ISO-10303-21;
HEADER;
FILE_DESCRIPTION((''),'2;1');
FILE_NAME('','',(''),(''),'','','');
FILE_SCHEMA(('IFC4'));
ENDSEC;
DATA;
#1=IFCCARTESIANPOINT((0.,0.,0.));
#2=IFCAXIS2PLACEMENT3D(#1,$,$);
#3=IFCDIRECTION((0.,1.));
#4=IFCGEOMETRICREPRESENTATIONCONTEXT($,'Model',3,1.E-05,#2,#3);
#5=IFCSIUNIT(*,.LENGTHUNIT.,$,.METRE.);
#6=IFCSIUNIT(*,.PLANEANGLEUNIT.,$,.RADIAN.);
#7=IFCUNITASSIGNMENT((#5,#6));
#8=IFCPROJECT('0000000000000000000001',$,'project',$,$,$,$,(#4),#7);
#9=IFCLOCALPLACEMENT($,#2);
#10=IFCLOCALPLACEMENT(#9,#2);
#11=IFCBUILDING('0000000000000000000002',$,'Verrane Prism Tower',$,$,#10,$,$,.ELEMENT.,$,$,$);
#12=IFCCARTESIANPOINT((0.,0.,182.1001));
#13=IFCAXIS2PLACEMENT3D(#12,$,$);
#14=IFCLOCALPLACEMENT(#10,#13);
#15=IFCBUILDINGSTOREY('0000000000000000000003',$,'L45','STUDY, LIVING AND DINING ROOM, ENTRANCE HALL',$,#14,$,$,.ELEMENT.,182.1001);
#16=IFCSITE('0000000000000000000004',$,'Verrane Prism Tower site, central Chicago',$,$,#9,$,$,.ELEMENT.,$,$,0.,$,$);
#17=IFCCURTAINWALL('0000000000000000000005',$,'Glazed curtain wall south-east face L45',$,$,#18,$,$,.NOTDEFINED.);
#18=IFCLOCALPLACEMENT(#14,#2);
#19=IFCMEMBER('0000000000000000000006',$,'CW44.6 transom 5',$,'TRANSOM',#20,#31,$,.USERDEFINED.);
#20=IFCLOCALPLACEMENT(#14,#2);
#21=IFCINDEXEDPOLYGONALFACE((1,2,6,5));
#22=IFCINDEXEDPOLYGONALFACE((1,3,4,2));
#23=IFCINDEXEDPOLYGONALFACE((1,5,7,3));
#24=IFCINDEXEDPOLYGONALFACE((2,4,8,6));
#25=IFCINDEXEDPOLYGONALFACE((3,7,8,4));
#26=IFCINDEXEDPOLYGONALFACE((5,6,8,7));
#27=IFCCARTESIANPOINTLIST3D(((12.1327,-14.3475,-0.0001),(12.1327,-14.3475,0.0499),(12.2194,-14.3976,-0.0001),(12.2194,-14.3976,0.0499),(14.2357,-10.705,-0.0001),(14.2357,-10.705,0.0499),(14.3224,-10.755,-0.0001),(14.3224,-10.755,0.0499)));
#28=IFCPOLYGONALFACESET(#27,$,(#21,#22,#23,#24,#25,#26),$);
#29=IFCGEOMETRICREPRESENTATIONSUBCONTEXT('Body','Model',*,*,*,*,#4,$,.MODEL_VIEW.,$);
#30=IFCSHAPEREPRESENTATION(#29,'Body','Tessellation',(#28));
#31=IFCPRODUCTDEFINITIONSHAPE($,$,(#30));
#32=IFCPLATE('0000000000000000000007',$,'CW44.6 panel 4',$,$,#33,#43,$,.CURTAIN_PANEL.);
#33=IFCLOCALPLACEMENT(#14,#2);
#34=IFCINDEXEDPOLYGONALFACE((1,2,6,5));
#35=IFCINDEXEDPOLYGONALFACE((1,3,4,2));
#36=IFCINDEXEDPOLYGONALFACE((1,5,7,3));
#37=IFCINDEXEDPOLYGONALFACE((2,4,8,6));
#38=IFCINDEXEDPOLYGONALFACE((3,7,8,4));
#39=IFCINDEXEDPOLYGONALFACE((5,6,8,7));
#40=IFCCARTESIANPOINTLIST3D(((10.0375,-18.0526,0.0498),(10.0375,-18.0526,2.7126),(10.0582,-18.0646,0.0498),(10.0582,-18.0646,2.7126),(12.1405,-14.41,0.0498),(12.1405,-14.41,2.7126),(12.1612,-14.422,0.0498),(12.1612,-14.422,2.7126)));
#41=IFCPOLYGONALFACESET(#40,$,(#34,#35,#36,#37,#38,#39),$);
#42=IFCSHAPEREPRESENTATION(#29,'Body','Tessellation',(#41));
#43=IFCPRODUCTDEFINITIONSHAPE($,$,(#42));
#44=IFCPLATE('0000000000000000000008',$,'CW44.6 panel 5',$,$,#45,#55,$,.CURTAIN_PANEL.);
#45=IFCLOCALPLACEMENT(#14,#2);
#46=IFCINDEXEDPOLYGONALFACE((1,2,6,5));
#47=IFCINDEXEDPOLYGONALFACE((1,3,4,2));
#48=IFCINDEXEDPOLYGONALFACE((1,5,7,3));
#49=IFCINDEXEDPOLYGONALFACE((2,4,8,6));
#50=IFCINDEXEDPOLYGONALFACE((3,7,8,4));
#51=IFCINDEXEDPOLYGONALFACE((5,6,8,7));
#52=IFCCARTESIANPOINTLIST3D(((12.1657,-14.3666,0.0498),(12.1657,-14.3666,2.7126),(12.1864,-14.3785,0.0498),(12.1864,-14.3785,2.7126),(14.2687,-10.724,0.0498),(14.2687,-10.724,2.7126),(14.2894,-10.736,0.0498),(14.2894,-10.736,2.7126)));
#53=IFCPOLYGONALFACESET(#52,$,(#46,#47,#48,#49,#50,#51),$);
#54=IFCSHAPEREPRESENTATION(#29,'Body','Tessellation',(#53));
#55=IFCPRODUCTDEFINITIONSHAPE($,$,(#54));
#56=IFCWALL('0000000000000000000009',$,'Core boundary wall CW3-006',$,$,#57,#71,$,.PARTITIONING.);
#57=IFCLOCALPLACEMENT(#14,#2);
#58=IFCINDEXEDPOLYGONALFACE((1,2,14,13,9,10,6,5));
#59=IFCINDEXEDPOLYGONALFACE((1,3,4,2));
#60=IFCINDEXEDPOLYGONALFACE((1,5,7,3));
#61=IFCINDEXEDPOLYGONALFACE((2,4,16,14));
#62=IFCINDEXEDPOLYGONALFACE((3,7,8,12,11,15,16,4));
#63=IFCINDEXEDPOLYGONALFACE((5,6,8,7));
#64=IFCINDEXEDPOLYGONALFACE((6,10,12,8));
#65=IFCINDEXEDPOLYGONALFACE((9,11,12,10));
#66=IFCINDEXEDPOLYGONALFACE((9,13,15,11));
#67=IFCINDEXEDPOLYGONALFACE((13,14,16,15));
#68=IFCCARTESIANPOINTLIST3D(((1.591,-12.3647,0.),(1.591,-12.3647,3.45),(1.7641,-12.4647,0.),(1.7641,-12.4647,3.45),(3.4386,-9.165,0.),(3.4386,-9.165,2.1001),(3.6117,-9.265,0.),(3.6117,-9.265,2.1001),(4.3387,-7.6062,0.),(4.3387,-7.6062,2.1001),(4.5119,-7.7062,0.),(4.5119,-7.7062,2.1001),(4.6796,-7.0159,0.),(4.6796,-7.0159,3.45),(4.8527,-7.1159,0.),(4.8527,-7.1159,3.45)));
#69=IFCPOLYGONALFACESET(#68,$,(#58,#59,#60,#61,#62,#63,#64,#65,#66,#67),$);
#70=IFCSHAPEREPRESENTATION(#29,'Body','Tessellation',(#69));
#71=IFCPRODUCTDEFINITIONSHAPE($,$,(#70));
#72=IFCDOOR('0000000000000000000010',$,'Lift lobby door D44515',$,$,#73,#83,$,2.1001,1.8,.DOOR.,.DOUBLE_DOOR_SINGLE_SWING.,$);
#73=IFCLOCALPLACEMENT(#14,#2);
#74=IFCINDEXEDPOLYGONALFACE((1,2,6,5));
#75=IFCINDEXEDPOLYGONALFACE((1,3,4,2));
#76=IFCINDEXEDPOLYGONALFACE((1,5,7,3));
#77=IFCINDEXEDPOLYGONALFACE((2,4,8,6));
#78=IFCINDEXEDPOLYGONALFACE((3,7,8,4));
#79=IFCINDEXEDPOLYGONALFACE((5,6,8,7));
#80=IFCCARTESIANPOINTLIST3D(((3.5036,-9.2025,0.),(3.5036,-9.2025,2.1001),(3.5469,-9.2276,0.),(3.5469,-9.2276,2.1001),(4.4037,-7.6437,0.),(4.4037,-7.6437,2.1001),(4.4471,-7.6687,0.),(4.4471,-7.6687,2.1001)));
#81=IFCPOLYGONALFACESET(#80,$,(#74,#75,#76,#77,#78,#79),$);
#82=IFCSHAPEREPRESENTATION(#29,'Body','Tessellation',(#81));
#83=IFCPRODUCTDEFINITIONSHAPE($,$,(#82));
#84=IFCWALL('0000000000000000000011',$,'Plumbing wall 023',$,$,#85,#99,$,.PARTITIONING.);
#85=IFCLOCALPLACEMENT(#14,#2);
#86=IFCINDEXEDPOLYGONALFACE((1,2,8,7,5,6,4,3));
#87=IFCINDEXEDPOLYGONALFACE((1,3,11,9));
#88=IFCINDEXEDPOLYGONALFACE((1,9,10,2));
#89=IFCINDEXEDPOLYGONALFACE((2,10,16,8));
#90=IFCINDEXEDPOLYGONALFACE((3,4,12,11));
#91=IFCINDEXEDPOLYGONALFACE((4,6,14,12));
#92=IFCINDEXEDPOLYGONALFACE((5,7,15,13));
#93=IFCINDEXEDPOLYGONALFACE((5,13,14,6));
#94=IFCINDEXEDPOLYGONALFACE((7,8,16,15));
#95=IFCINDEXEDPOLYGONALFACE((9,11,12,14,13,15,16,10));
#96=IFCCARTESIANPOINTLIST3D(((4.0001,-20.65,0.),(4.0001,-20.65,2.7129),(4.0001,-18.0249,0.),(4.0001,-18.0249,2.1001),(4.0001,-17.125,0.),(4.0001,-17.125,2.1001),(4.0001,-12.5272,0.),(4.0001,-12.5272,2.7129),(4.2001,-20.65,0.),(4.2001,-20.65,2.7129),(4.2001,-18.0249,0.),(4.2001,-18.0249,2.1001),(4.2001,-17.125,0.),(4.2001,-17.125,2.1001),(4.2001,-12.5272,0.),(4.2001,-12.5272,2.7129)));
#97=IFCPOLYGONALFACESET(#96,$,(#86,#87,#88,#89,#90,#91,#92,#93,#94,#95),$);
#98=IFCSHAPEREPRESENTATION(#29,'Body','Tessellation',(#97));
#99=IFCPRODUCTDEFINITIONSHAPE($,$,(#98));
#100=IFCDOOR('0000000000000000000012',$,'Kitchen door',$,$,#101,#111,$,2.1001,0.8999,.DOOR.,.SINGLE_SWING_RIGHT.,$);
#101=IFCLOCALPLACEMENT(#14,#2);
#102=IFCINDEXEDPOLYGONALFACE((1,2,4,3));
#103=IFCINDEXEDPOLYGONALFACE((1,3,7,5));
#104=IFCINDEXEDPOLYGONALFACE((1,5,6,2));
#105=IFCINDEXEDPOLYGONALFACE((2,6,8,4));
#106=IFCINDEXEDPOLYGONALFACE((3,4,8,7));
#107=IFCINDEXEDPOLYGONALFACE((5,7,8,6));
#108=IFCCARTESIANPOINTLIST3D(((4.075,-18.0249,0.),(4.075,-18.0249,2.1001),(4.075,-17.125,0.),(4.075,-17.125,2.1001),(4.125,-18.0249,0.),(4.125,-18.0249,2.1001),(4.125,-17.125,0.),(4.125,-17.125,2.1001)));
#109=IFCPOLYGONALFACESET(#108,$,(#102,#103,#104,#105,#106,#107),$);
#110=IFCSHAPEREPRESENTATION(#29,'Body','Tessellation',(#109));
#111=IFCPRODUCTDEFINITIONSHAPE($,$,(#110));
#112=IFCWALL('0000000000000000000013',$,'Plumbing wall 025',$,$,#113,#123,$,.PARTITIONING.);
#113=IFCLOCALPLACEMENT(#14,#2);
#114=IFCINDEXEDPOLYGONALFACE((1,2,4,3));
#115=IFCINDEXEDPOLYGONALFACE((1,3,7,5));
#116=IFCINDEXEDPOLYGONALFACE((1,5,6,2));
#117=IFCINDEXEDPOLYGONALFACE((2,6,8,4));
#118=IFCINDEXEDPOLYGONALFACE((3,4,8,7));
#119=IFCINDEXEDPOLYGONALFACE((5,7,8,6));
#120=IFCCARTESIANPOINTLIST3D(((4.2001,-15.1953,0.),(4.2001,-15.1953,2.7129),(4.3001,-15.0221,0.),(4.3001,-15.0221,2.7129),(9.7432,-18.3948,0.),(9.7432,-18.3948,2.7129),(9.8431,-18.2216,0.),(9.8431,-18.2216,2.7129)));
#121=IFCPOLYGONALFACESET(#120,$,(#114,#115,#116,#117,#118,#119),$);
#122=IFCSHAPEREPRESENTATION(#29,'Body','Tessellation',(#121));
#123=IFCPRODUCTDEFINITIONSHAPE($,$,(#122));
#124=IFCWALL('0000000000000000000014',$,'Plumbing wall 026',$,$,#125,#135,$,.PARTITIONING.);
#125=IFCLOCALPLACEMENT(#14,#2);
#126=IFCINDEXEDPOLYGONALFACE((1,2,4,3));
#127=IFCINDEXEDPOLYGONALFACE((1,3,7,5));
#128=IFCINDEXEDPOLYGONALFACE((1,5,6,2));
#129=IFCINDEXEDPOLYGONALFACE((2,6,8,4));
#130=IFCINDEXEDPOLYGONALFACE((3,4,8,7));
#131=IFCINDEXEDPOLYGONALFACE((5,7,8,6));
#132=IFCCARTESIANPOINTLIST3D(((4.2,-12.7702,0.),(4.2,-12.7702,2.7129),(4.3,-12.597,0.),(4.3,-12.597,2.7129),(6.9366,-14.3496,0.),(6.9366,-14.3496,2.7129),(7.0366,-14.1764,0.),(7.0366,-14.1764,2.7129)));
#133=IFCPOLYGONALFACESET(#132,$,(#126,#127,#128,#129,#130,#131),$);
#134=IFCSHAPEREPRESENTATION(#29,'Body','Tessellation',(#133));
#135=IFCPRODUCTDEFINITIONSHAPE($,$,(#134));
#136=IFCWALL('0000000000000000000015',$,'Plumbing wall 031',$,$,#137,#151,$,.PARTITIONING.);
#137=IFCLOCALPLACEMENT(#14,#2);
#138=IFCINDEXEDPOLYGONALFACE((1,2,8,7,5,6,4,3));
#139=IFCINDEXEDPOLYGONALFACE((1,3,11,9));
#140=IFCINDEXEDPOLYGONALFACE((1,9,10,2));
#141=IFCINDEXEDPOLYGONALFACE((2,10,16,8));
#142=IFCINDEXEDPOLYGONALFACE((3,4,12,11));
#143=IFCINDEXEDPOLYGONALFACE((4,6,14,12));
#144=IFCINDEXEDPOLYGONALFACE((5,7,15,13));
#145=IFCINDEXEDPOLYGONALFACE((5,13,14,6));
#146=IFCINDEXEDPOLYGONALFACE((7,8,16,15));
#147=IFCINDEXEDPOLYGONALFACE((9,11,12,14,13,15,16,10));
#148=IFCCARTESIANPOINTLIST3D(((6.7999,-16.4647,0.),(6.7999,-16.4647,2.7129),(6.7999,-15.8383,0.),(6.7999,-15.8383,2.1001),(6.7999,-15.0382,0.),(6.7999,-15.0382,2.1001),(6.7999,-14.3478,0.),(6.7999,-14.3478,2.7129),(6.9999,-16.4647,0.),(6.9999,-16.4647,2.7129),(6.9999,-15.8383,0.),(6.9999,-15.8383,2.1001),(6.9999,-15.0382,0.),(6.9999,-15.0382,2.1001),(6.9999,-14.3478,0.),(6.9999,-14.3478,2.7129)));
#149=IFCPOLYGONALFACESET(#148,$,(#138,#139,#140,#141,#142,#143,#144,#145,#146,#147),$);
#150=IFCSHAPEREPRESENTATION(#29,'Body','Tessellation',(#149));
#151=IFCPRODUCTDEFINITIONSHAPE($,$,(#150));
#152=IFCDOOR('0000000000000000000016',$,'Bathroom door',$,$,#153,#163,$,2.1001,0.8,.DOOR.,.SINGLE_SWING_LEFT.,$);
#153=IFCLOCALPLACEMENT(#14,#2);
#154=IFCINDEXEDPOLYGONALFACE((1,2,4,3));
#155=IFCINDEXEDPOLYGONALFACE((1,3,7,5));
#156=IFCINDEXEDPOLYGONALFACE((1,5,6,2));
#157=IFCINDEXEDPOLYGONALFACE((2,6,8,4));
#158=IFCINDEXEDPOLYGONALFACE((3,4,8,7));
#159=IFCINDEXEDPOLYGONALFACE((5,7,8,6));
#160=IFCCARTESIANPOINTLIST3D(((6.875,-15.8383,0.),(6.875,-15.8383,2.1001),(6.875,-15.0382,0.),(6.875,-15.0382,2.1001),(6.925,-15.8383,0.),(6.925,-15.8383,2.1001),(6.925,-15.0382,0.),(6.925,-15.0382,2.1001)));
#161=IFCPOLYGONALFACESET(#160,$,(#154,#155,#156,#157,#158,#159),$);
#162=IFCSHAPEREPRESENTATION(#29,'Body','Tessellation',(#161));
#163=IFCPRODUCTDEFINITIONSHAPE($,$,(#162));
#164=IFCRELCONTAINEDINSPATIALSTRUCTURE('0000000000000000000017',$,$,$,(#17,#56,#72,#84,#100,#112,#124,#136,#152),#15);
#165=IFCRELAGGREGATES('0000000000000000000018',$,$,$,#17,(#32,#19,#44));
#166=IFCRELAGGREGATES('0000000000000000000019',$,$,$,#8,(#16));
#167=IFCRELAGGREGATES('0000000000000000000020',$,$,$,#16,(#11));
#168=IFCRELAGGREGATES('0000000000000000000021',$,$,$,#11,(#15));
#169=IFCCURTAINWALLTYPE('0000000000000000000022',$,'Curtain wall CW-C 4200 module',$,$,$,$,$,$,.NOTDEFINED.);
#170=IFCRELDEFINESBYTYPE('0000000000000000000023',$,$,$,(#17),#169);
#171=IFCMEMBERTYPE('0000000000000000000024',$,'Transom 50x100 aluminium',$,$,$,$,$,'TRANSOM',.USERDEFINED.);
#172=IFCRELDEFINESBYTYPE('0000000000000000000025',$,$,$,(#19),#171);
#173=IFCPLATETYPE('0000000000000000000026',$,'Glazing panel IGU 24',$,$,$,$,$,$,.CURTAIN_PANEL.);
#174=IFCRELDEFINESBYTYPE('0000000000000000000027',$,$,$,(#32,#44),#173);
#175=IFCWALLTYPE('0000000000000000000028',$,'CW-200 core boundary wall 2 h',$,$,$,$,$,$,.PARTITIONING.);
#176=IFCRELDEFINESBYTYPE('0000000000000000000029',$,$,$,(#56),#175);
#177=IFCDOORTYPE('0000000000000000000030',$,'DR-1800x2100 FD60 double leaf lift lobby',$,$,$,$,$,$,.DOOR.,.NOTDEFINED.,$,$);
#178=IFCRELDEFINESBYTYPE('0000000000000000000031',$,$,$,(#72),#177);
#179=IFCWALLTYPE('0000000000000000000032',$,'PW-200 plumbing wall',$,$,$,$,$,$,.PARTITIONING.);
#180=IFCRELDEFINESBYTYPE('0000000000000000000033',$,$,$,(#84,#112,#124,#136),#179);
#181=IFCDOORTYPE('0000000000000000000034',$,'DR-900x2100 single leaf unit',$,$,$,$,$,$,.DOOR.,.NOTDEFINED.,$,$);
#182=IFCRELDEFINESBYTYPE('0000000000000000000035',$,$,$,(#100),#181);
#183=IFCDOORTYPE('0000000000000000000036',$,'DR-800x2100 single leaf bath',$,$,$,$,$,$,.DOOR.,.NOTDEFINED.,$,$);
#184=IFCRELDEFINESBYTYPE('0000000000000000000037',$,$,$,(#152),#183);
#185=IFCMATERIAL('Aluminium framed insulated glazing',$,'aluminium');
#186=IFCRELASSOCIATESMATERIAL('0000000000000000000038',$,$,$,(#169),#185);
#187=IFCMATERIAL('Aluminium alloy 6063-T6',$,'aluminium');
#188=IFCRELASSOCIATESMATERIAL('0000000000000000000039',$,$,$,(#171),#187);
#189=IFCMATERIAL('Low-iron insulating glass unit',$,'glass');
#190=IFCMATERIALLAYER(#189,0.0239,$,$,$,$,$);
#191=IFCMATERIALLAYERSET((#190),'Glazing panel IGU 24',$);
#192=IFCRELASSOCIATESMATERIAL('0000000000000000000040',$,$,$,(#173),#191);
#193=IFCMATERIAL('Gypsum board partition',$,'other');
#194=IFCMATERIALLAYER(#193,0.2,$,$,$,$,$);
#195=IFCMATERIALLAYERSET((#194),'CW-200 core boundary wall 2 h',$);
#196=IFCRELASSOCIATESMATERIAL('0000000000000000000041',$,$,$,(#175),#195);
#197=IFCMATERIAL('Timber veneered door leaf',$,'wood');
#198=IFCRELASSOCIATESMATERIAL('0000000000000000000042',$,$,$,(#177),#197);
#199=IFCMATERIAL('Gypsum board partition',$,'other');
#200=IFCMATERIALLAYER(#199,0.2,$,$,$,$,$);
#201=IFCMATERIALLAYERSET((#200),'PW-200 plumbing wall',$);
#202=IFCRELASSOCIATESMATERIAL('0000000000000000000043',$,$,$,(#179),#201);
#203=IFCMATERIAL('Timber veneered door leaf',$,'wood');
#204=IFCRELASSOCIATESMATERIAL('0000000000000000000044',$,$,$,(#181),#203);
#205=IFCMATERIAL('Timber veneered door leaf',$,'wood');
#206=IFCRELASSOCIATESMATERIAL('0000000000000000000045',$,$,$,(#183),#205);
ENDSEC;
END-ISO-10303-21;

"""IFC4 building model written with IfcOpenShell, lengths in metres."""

from ifc_helpers import new_model, si_unit, direction, frame, frame_2d, origin, origin_2d, place, context, subcontext, project, spatial, rectangle, extrude, material, layer, layer_set, material_profile, profile_set, type_object, element, fill, aggregate, save


model = new_model("IFC4")

# Units and contexts
model_context = context("Model", 3, precision=1e-05, world=origin(), true_north=direction((0.0, 1.0)))
body_context = subcontext(model_context, "Body", "Model", "MODEL_VIEW")
ifc_project = project(units=[si_unit("LENGTHUNIT", "METRE"), si_unit("PLANEANGLEUNIT", "RADIAN")], contexts=[model_context])

# Site, building, storey
site_placement = place(None, origin())
site = spatial("IfcSite", under=ifc_project, at=site_placement, Name="Verrane Prism Tower site, central Chicago", CompositionType="ELEMENT", RefElevation=0.0)
building_placement = place(site_placement, origin())
building = spatial("IfcBuilding", under=site, at=building_placement, Name="Verrane Prism Tower", CompositionType="ELEMENT")
storey_placement = place(building_placement, frame((0.0, 0.0, 182.1001)))
storey = spatial("IfcBuildingStorey", under=building, at=storey_placement, Name="L45", Description="STUDY, LIVING AND DINING ROOM, ENTRANCE HALL", CompositionType="ELEMENT", Elevation=182.1001)

# Curtain wall
ifc_material_1 = material(Name="Aluminium framed insulated glazing", Category="aluminium")
curtain_wall_type = type_object("IfcCurtainWallType", Name="Curtain wall CW-C 4200 module", PredefinedType="NOTDEFINED", material=ifc_material_1)
curtain_wall_placement = place(storey_placement, origin())
curtain_wall = element("IfcCurtainWall", 1, at=curtain_wall_placement, inside=storey, type_object=curtain_wall_type, Name="Glazed curtain wall south-east face L45", PredefinedType="NOTDEFINED")

# Member
ifc_material_2 = material(Name="Aluminium alloy 6063-T6", Category="aluminium")
ifc_material_profile_1 = material_profile(ifc_material_2, rectangle(XDim=0.1001, YDim=0.05, at=origin_2d()), Name="Transom 50x100 aluminium")
ifc_profile_set_1 = profile_set([ifc_material_profile_1], Name="Aluminium alloy 6063-T6")
member_type_1 = type_object("IfcMemberType", Name="Transom 50x100 aluminium", ElementType="TRANSOM", PredefinedType="USERDEFINED", material=ifc_profile_set_1)
member_1_placement = place(storey_placement, frame((12.176, -14.3726, 0.0249), z_axis=(0.499997, 0.866027, 0.0), x_axis=(-0.866027, 0.499997, 0.0)))
member_1 = element("IfcMember", 2, at=member_1_placement, type_object=member_type_1, Name="CW44.6 transom 5", ObjectType="TRANSOM", PredefinedType="USERDEFINED", context=body_context, shape_type="SweptSolid", body=[
    extrude(rectangle(XDim=0.1001, YDim=0.05, at=origin_2d()), origin(), (0.0, 0.0, 1.0), 4.2061),
])

# Plates
ifc_material_3 = material(Name="Low-iron insulating glass unit", Category="glass")
ifc_layer_1 = layer(ifc_material_3, 0.0239)
ifc_layer_set_1 = layer_set([ifc_layer_1], Name="Glazing panel IGU 24")
plate_type = type_object("IfcPlateType", Name="Glazing panel IGU 24", PredefinedType="CURTAIN_PANEL", material=ifc_layer_set_1)
plate_1_placement = place(storey_placement, frame((11.0994, -16.2373, 0.0498), z_axis=(0.0, 0.0, 1.0), x_axis=(0.499999, 0.866026, 0.0)))
plate_1 = element("IfcPlate", 3, at=plate_1_placement, type_object=plate_type, Name="CW44.6 panel 4", PredefinedType="CURTAIN_PANEL", context=body_context, shape_type="SweptSolid", body=[
    extrude(rectangle(XDim=4.2061, YDim=0.0239, at=origin_2d()), origin(), (0.0, 0.0, 1.0), 2.6628),
])
plate_2_placement = place(storey_placement, frame((13.2275, -12.5513, 0.0498), z_axis=(0.0, 0.0, 1.0), x_axis=(0.499999, 0.866026, 0.0)))
plate_2 = element("IfcPlate", 4, at=plate_2_placement, type_object=plate_type, Name="CW44.6 panel 5", PredefinedType="CURTAIN_PANEL", context=body_context, shape_type="SweptSolid", body=[
    extrude(rectangle(XDim=4.2061, YDim=0.0239, at=origin_2d()), origin(), (0.0, 0.0, 1.0), 2.6628),
])
aggregate(curtain_wall, [plate_1, member_1, plate_2])

# Walls, openings, doors
ifc_material_4 = material(Name="Gypsum board partition", Category="other")
ifc_layer_2 = layer(ifc_material_4, 0.2)
ifc_layer_set_2 = layer_set([ifc_layer_2], Name="CW-200 core boundary wall 2 h")
wall_type_1 = type_object("IfcWallType", Name="CW-200 core boundary wall 2 h", PredefinedType="PARTITIONING", material=ifc_layer_set_2)
wall_1_placement = place(storey_placement, frame((1.6775, -12.4148, 0.0), z_axis=(0.0, 0.0, 1.0), x_axis=(0.500054, 0.865994, 0.0)))
wall_1 = element("IfcWall", 5, at=wall_1_placement, inside=storey, type_object=wall_type_1, Name="Core boundary wall CW3-006", PredefinedType="PARTITIONING", context=body_context, shape_type="SweptSolid", body=[
    extrude(rectangle(XDim=6.1765, YDim=0.2, at=frame_2d((3.0884, 0.0))), origin(), (0.0, 0.0, 1.0), 3.45),
])
opening_1_placement = place(wall_1_placement, frame((3.6951, 0.0, 0.0)))
opening_1 = element("IfcOpeningElement", 6, at=opening_1_placement, cuts=wall_1, PredefinedType="OPENING", context=body_context, shape_type="SweptSolid", body=[
    extrude(rectangle(XDim=1.8, YDim=2.1001, at=frame_2d((0.8999, 1.05))), frame((0.0, 0.1099, 0.0), z_axis=(0.0, -1.0, 0.0), x_axis=(1.0, 0.0, 0.0)), (0.0, 0.0, 1.0), 0.22),
])
ifc_material_5 = material(Name="Timber veneered door leaf", Category="wood")
door_type_1 = type_object("IfcDoorType", Name="DR-1800x2100 FD60 double leaf lift lobby", OperationType="NOTDEFINED", PredefinedType="DOOR", material=ifc_material_5)
door_1_placement = place(opening_1_placement, origin())
door_1 = element("IfcDoor", 7, at=door_1_placement, inside=storey, type_object=door_type_1, Name="Lift lobby door D44515", OperationType="DOUBLE_DOOR_SINGLE_SWING", OverallHeight=2.1001, OverallWidth=1.8, PredefinedType="DOOR", context=body_context, shape_type="SweptSolid", body=[
    extrude(rectangle(XDim=1.8, YDim=2.1001, at=frame_2d((0.8999, 1.05))), frame((0.0, 0.0249, 0.0), z_axis=(0.0, -1.0, 0.0), x_axis=(1.0, 0.0, 0.0)), (0.0, 0.0, 1.0), 0.05),
])
fill(opening_1, door_1)
ifc_material_6 = material(Name="Gypsum board partition", Category="other")
ifc_layer_3 = layer(ifc_material_6, 0.2)
ifc_layer_set_3 = layer_set([ifc_layer_3], Name="PW-200 plumbing wall")
wall_type_2 = type_object("IfcWallType", Name="PW-200 plumbing wall", PredefinedType="PARTITIONING", material=ifc_layer_set_3)
wall_2_placement = place(storey_placement, frame((4.1001, -12.5271, 0.0), z_axis=(0.0, 0.0, 1.0), x_axis=(0.0, -1.0, 0.0)))
wall_2 = element("IfcWall", 8, at=wall_2_placement, inside=storey, type_object=wall_type_2, Name="Plumbing wall 023", PredefinedType="PARTITIONING", context=body_context, shape_type="SweptSolid", body=[
    extrude(rectangle(XDim=8.1228, YDim=0.2, at=frame_2d((4.0615, 0.0))), origin(), (0.0, 0.0, 1.0), 2.7129),
])
opening_2_placement = place(wall_2_placement, frame((4.5979, 0.0, 0.0)))
opening_2 = element("IfcOpeningElement", 9, at=opening_2_placement, cuts=wall_2, PredefinedType="OPENING", context=body_context, shape_type="SweptSolid", body=[
    extrude(rectangle(XDim=0.8999, YDim=2.1001, at=frame_2d((0.45, 1.05))), frame((0.0, 0.1099, 0.0), z_axis=(0.0, -1.0, 0.0), x_axis=(1.0, 0.0, 0.0)), (0.0, 0.0, 1.0), 0.22),
])
ifc_material_7 = material(Name="Timber veneered door leaf", Category="wood")
door_type_2 = type_object("IfcDoorType", Name="DR-900x2100 single leaf unit", OperationType="NOTDEFINED", PredefinedType="DOOR", material=ifc_material_7)
door_2_placement = place(opening_2_placement, origin())
door_2 = element("IfcDoor", 10, at=door_2_placement, inside=storey, type_object=door_type_2, Name="Kitchen door", OperationType="SINGLE_SWING_RIGHT", OverallHeight=2.1001, OverallWidth=0.8999, PredefinedType="DOOR", context=body_context, shape_type="SweptSolid", body=[
    extrude(rectangle(XDim=0.8999, YDim=2.1001, at=frame_2d((0.45, 1.05))), frame((0.0, 0.0249, 0.0), z_axis=(0.0, -1.0, 0.0), x_axis=(1.0, 0.0, 0.0)), (0.0, 0.0, 1.0), 0.05),
])
fill(opening_2, door_2)

# Walls
wall_3_placement = place(storey_placement, frame((4.25, -15.1086, 0.0), z_axis=(0.0, 0.0, 1.0), x_axis=(0.866078, -0.49991, 0.0)))
element("IfcWall", 11, at=wall_3_placement, inside=storey, type_object=wall_type_2, Name="Plumbing wall 025", PredefinedType="PARTITIONING", context=body_context, shape_type="SweptSolid", body=[
    extrude(rectangle(XDim=6.4001, YDim=0.2, at=frame_2d((3.2002, 0.0))), origin(), (0.0, 0.0, 1.0), 2.7129),
])
wall_4_placement = place(storey_placement, frame((4.25, -12.6836, 0.0), z_axis=(0.0, 0.0, 1.0), x_axis=(0.86611, -0.499854, 0.0)))
element("IfcWall", 12, at=wall_4_placement, inside=storey, type_object=wall_type_2, Name="Plumbing wall 026", PredefinedType="PARTITIONING", context=body_context, shape_type="SweptSolid", body=[
    extrude(rectangle(XDim=3.1597, YDim=0.2, at=frame_2d((1.5798, 0.0))), origin(), (0.0, 0.0, 1.0), 2.7129),
])

# Wall, opening, door
wall_5_placement = place(storey_placement, frame((6.8999, -16.4648, 0.0), z_axis=(0.0, 0.0, 1.0), x_axis=(0.0, 1.0, 0.0)))
wall_5 = element("IfcWall", 13, at=wall_5_placement, inside=storey, type_object=wall_type_2, Name="Plumbing wall 031", PredefinedType="PARTITIONING", context=body_context, shape_type="SweptSolid", body=[
    extrude(rectangle(XDim=2.1169, YDim=0.2, at=frame_2d((1.0586, 0.0))), origin(), (0.0, 0.0, 1.0), 2.7129),
])
opening_3_placement = place(wall_5_placement, frame((0.6267, 0.0, 0.0)))
opening_3 = element("IfcOpeningElement", 14, at=opening_3_placement, cuts=wall_5, PredefinedType="OPENING", context=body_context, shape_type="SweptSolid", body=[
    extrude(rectangle(XDim=0.8, YDim=2.1001, at=frame_2d((0.3999, 1.05))), frame((0.0, 0.1099, 0.0), z_axis=(0.0, -1.0, 0.0), x_axis=(1.0, 0.0, 0.0)), (0.0, 0.0, 1.0), 0.22),
])
ifc_material_8 = material(Name="Timber veneered door leaf", Category="wood")
door_type_3 = type_object("IfcDoorType", Name="DR-800x2100 single leaf bath", OperationType="NOTDEFINED", PredefinedType="DOOR", material=ifc_material_8)
door_3_placement = place(opening_3_placement, origin())
door_3 = element("IfcDoor", 15, at=door_3_placement, inside=storey, type_object=door_type_3, Name="Bathroom door", OperationType="SINGLE_SWING_LEFT", OverallHeight=2.1001, OverallWidth=0.8, PredefinedType="DOOR", context=body_context, shape_type="SweptSolid", body=[
    extrude(rectangle(XDim=0.8, YDim=2.1001, at=frame_2d((0.3999, 1.05))), frame((0.0, 0.0249, 0.0), z_axis=(0.0, -1.0, 0.0), x_axis=(1.0, 0.0, 0.0)), (0.0, 0.0, 1.0), 0.05),
])
fill(opening_3, door_3)

save(model, "model.ifc")
